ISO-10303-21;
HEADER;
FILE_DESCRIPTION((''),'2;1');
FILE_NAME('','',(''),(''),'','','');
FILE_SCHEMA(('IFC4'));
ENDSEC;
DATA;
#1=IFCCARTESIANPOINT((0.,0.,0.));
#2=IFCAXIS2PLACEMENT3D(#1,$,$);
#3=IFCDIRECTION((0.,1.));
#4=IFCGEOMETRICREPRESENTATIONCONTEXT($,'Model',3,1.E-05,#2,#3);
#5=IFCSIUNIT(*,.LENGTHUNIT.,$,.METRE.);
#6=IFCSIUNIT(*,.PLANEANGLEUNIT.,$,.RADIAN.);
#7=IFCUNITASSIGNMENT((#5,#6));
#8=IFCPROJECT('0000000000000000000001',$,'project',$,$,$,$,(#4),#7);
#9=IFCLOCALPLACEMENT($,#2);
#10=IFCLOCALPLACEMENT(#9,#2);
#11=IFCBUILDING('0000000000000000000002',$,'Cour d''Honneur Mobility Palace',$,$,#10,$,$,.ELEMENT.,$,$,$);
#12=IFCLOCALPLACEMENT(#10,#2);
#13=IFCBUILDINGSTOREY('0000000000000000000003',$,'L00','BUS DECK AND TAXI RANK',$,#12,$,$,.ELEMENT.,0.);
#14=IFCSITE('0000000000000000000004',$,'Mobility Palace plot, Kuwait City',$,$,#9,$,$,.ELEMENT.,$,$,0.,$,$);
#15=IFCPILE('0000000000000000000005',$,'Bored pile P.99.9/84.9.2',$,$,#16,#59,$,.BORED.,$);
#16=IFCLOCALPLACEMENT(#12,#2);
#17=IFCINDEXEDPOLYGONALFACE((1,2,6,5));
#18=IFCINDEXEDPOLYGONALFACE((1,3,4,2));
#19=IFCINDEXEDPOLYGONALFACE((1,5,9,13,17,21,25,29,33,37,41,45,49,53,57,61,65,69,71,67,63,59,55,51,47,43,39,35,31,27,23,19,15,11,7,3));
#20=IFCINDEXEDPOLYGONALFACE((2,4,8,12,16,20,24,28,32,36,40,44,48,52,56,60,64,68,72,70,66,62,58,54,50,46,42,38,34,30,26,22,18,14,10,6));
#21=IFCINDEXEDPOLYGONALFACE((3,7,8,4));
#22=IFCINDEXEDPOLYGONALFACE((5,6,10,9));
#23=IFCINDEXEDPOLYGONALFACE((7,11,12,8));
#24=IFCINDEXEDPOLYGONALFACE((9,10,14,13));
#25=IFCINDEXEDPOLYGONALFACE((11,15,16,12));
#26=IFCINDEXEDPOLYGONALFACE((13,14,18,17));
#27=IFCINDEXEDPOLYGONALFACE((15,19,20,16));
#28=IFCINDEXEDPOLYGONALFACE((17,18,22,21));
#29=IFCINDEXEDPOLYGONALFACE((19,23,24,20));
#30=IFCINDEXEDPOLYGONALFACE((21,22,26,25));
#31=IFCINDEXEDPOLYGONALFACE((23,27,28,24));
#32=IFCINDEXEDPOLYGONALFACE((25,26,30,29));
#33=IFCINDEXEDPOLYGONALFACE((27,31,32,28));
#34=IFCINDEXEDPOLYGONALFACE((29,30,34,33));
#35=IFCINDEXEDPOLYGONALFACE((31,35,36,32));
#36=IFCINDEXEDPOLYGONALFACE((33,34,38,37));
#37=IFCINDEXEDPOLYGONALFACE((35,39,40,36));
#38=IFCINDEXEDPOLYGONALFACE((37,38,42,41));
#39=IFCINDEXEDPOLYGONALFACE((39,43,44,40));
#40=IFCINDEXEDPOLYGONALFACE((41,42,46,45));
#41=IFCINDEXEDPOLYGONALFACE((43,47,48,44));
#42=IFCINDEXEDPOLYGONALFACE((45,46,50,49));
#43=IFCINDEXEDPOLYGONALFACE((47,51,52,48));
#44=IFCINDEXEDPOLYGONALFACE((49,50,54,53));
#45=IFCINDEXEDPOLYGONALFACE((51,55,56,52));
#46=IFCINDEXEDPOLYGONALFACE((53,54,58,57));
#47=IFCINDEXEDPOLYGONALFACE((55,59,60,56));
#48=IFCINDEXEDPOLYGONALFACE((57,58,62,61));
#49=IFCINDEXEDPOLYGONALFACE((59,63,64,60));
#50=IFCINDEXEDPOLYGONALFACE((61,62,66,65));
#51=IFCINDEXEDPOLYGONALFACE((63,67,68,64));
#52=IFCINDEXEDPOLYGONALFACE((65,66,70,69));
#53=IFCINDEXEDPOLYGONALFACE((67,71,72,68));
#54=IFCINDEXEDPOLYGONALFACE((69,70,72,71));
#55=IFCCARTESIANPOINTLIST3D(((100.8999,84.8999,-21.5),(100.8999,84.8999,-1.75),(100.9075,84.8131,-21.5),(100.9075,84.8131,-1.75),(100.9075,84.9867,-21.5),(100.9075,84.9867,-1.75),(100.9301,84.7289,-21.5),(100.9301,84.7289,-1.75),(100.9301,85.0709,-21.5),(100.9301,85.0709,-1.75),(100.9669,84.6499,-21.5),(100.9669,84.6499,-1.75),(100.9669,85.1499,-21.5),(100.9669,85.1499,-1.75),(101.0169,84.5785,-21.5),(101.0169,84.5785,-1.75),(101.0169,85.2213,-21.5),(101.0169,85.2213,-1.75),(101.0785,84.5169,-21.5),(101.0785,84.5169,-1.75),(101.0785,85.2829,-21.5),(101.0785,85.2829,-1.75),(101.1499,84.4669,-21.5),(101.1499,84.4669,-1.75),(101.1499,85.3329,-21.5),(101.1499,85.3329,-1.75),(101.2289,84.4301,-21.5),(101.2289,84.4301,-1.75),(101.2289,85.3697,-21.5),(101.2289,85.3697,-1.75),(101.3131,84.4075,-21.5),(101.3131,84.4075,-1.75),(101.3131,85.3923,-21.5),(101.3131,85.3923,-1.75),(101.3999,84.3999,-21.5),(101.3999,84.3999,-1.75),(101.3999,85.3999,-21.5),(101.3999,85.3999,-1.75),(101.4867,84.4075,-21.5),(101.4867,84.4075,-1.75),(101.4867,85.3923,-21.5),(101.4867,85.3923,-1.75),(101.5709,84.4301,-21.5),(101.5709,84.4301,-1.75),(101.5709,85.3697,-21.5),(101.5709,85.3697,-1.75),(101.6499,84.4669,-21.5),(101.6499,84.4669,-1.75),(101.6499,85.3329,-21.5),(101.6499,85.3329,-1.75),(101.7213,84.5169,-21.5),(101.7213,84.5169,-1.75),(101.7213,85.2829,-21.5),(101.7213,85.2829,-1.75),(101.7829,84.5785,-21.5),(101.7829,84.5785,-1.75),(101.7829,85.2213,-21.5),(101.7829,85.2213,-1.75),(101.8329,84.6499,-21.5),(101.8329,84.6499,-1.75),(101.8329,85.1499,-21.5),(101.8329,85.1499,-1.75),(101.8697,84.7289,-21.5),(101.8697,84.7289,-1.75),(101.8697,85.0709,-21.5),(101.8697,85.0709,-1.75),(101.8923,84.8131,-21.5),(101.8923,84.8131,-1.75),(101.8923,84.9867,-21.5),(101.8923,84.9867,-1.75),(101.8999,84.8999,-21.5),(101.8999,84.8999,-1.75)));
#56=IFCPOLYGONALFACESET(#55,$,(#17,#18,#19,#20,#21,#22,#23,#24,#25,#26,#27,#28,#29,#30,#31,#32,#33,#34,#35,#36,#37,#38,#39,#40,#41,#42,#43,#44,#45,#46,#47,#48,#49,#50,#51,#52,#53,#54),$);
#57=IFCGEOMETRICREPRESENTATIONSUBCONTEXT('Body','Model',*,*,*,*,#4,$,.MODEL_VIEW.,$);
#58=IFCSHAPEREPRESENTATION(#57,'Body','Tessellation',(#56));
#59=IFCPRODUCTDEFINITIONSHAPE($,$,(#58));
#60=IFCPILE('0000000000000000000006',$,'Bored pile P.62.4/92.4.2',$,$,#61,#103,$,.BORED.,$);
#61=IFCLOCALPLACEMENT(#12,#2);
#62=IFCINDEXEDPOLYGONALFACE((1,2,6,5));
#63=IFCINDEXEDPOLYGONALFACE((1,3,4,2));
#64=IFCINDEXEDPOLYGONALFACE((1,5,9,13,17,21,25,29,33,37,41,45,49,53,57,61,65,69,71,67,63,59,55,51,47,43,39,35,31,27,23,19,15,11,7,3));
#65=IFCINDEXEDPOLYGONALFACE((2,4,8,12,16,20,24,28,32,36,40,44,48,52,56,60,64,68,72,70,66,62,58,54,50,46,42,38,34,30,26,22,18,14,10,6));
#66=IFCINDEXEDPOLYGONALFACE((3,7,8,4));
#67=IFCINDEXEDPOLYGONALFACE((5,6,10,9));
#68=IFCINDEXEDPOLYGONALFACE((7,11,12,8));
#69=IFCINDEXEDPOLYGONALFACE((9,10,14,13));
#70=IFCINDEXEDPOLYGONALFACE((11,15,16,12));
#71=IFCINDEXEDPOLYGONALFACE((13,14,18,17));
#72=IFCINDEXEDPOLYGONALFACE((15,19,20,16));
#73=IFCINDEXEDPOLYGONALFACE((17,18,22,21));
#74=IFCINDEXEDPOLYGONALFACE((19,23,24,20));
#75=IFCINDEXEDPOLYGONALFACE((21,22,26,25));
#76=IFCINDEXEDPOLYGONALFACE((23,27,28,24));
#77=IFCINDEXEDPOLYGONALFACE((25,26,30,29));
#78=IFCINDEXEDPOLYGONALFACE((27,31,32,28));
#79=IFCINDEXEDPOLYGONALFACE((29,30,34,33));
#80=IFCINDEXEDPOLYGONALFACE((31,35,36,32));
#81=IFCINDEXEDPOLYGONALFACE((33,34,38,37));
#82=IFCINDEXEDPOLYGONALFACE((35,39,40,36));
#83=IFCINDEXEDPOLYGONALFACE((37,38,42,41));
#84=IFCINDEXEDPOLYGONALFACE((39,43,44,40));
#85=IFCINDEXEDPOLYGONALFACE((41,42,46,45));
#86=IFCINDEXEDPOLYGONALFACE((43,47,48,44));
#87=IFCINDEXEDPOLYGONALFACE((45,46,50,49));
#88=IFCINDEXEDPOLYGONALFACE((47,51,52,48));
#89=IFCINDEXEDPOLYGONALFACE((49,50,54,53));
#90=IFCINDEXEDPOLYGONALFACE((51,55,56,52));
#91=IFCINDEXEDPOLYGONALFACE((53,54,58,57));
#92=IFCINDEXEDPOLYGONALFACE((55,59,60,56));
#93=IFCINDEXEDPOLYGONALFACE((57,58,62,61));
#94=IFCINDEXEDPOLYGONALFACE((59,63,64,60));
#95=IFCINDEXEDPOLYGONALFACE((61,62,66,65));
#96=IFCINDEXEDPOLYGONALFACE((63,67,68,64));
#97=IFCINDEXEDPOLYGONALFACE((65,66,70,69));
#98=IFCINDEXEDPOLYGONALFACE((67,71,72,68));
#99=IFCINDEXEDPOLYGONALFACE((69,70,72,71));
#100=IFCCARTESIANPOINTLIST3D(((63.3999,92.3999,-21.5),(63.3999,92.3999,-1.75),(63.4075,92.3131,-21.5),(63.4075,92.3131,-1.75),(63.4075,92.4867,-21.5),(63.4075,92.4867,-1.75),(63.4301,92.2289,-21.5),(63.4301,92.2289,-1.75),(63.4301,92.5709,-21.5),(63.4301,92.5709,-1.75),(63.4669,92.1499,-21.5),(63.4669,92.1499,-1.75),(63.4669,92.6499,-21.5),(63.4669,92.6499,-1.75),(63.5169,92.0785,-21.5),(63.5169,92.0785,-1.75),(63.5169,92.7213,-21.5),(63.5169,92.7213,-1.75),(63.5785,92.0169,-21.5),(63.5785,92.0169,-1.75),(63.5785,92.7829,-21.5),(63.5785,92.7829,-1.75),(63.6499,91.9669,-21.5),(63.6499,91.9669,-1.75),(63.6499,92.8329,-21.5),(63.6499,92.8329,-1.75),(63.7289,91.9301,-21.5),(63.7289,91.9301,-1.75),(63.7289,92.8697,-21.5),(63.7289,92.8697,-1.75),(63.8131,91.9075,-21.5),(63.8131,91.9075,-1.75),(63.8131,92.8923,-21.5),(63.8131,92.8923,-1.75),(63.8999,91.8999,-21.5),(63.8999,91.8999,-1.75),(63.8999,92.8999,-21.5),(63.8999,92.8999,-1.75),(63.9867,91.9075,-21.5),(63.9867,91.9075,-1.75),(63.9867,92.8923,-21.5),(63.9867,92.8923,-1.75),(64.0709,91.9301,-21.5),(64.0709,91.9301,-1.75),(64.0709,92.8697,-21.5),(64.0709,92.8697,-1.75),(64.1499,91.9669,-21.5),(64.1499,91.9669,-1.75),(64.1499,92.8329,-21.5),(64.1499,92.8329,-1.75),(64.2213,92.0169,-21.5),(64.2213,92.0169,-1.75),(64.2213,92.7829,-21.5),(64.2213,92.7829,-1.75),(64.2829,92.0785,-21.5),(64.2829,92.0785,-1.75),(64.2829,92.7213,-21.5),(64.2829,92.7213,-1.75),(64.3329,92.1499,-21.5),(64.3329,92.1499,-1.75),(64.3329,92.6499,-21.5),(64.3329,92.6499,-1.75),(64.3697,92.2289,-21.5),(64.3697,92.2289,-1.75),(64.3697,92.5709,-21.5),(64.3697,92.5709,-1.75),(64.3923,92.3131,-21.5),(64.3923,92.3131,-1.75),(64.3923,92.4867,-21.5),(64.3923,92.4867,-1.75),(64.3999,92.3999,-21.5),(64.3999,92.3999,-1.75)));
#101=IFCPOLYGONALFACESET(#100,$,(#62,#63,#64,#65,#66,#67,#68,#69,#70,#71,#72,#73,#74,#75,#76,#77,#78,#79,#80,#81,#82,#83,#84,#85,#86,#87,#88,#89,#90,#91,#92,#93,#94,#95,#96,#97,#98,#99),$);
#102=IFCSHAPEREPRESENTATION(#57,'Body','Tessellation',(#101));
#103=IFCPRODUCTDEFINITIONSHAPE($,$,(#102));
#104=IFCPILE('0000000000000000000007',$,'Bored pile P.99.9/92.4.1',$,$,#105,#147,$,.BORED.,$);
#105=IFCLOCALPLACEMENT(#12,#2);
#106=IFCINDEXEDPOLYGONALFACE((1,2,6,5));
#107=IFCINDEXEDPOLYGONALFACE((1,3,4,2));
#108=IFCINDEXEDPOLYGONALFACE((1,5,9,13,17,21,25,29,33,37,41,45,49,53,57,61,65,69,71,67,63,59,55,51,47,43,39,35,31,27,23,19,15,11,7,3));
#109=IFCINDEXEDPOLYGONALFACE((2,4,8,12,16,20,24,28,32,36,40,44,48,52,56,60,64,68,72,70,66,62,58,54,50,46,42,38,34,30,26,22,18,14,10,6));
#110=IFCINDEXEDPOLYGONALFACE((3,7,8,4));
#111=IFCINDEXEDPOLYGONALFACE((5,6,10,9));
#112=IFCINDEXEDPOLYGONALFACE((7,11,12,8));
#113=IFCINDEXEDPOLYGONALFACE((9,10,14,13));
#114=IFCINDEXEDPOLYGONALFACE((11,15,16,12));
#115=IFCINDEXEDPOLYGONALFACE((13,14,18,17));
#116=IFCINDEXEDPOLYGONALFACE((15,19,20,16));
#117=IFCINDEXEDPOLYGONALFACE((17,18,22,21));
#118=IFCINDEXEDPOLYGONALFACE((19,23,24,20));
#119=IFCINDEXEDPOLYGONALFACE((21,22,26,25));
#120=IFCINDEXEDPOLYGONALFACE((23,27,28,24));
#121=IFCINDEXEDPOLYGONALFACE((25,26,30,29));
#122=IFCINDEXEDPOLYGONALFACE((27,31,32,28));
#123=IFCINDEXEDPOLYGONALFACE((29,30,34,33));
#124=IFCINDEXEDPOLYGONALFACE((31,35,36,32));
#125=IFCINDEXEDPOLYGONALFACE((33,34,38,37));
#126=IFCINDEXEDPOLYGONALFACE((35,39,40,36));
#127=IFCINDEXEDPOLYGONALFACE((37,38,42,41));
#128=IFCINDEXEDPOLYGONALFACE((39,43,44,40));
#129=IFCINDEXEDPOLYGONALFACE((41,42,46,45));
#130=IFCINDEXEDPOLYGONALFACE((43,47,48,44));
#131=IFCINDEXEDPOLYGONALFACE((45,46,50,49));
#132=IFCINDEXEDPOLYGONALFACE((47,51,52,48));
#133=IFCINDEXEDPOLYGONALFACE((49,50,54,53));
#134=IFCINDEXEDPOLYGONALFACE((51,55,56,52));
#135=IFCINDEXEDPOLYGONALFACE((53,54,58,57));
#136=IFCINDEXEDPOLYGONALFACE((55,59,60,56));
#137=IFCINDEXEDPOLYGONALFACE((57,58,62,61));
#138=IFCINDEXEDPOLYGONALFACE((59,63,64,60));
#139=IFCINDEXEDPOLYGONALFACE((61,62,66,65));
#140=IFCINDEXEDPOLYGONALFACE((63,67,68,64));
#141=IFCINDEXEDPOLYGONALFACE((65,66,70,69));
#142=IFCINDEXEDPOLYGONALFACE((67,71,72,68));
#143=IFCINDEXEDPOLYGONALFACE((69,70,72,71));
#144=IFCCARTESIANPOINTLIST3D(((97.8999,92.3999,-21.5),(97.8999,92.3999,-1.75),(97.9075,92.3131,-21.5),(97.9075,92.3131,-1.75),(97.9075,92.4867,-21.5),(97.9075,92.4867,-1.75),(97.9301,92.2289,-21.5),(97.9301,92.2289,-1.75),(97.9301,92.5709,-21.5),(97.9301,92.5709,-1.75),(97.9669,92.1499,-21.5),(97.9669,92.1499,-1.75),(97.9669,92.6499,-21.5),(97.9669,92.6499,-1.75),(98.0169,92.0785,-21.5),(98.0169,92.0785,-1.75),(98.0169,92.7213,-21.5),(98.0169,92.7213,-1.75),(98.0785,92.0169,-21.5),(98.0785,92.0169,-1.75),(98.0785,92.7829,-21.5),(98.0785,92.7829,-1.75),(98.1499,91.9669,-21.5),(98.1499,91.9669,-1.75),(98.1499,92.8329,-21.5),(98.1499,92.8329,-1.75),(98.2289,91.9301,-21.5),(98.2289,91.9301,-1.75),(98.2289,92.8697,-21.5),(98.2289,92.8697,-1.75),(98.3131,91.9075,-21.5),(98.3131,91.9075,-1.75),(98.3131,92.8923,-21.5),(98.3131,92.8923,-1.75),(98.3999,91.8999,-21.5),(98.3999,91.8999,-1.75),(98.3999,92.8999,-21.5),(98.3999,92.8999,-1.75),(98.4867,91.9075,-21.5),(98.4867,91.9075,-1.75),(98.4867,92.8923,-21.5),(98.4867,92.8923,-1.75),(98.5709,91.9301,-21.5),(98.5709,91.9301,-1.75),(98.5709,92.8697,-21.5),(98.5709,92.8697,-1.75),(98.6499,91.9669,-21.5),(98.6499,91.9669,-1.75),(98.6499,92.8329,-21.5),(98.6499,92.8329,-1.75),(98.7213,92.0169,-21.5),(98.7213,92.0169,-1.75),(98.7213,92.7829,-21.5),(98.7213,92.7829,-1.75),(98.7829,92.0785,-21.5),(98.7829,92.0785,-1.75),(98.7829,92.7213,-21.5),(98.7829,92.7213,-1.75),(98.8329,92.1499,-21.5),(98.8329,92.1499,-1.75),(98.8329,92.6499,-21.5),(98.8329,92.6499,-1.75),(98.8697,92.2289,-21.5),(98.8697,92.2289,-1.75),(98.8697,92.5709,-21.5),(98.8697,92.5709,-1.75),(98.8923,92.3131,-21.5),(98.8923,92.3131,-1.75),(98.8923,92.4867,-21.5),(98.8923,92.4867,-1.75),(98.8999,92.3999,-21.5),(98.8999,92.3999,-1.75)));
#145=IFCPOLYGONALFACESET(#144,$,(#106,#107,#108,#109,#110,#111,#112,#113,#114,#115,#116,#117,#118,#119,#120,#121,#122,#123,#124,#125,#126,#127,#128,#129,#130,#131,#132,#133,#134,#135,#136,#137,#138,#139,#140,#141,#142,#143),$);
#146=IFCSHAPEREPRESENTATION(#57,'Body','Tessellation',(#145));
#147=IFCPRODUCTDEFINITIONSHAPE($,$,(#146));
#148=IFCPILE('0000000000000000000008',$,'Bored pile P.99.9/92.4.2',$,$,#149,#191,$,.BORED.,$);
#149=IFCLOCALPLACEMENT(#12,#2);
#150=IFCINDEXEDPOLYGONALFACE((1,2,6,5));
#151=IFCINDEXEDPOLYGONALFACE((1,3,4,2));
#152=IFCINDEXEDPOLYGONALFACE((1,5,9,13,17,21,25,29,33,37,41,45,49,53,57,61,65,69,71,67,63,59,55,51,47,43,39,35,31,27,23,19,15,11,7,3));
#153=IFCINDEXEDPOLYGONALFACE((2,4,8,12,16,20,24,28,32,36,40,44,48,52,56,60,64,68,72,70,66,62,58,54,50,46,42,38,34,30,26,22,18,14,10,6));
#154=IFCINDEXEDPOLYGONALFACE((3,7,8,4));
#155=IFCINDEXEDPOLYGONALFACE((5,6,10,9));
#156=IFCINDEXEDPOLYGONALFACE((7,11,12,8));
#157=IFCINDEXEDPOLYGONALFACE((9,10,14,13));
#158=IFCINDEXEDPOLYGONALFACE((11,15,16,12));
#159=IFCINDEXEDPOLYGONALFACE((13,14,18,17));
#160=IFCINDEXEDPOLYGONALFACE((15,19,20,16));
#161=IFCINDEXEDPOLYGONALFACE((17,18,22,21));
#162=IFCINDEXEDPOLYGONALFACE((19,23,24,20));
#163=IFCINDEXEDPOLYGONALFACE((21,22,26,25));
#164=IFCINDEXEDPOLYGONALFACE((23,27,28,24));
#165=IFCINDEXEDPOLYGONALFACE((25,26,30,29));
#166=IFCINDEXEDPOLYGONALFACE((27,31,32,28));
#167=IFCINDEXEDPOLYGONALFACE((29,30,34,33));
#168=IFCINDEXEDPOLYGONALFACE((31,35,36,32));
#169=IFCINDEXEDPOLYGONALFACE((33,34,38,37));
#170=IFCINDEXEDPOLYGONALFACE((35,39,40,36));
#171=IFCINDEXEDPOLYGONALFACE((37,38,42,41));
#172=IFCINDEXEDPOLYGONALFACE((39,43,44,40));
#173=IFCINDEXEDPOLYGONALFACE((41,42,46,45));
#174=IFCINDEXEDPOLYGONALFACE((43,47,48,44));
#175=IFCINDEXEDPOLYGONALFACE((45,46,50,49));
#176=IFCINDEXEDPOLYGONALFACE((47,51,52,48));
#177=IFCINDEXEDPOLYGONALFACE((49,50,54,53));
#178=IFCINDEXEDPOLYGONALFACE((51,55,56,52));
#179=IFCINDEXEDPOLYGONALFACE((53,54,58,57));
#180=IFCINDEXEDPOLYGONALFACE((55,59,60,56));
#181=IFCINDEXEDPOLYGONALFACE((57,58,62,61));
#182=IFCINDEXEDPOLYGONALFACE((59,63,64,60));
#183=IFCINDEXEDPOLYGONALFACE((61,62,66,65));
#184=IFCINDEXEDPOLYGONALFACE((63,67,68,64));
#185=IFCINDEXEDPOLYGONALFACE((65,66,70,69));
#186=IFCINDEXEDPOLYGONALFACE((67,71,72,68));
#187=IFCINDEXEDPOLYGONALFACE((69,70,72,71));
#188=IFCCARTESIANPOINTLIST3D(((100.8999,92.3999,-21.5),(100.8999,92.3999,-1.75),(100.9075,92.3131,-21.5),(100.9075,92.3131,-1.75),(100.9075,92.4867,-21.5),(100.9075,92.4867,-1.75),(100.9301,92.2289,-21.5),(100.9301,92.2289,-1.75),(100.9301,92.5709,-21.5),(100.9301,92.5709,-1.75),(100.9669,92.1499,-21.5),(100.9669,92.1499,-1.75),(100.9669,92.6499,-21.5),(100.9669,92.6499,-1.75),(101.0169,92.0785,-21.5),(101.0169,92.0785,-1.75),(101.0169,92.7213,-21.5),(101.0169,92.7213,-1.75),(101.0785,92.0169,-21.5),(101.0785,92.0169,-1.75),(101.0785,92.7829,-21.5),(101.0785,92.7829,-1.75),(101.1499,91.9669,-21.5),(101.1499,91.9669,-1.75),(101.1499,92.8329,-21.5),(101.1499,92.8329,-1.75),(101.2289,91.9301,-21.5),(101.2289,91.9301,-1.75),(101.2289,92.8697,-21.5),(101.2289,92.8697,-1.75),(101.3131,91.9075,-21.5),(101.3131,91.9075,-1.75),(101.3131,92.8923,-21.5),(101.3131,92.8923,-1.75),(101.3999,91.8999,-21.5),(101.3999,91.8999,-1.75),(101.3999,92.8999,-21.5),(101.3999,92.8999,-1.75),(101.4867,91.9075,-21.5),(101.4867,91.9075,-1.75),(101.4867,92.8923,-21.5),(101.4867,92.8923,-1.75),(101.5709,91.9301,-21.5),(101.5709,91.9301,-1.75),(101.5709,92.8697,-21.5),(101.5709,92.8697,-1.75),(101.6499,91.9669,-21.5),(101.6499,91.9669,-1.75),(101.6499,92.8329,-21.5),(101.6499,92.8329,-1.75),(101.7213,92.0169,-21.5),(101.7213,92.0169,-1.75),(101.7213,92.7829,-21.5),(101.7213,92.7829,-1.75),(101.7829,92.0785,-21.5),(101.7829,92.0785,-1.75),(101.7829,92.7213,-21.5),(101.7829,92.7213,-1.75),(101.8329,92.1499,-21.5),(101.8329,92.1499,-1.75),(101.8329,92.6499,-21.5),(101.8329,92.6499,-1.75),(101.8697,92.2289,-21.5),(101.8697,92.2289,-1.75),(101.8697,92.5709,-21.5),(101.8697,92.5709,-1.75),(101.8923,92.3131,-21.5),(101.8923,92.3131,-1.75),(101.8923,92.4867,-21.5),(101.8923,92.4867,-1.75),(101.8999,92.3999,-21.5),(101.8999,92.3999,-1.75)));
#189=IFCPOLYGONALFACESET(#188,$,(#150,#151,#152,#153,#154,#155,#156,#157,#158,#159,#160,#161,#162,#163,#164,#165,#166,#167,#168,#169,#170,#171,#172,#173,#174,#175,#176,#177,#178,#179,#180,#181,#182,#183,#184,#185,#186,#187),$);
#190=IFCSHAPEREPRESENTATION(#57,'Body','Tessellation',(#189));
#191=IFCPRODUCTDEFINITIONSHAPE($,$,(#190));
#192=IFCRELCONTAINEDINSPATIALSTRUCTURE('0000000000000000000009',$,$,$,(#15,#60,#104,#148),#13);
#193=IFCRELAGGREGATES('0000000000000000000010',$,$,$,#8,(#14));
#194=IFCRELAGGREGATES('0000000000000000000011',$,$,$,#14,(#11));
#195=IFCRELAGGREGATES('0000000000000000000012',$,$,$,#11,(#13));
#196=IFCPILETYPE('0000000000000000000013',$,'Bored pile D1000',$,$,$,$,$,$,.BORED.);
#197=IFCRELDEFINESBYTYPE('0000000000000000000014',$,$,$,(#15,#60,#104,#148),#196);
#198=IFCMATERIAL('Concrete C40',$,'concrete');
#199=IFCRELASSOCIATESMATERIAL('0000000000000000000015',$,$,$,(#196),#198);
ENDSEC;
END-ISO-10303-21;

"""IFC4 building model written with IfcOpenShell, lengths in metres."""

from ifc_helpers import new_model, si_unit, direction, frame, origin, origin_2d, place, context, subcontext, project, spatial, circle, extrude, material, material_profile, profile_set, type_object, element, save


model = new_model("IFC4")

# Units and contexts
model_context = context("Model", 3, precision=1e-05, world=origin(), true_north=direction((0.0, 1.0)))
body_context = subcontext(model_context, "Body", "Model", "MODEL_VIEW")
ifc_project = project(units=[si_unit("LENGTHUNIT", "METRE"), si_unit("PLANEANGLEUNIT", "RADIAN")], contexts=[model_context])

# Site, building, storey
site_placement = place(None, origin())
site = spatial("IfcSite", under=ifc_project, at=site_placement, Name="Mobility Palace plot, Kuwait City", CompositionType="ELEMENT", RefElevation=0.0)
building_placement = place(site_placement, origin())
building = spatial("IfcBuilding", under=site, at=building_placement, Name="Cour d'Honneur Mobility Palace", CompositionType="ELEMENT")
storey_placement = place(building_placement, origin())
storey = spatial("IfcBuildingStorey", under=building, at=storey_placement, Name="L00", Description="BUS DECK AND TAXI RANK", CompositionType="ELEMENT", Elevation=0.0)

# Piles
ifc_material_1 = material(Name="Concrete C40", Category="concrete")
ifc_material_profile_1 = material_profile(ifc_material_1, circle(Radius=0.5, at=origin_2d()), Name="Bored pile D1000")
ifc_profile_set_1 = profile_set([ifc_material_profile_1], Name="Concrete C40")
pile_type = type_object("IfcPileType", Name="Bored pile D1000", PredefinedType="BORED", material=ifc_profile_set_1)
for number, where, z_axis, x_axis, name in (
    (1, (101.3999, 84.8999, -1.75), (0.0, 0.0, -1.0), (1.0, 0.0, 0.0), "Bored pile P.99.9/84.9.2"),
    (2, (63.8999, 92.3999, -1.75), (0.0, 0.0, -1.0), (1.0, 0.0, 0.0), "Bored pile P.62.4/92.4.2"),
    (3, (98.3999, 92.3999, -1.75), (0.0, 0.0, -1.0), (1.0, 0.0, 0.0), "Bored pile P.99.9/92.4.1"),
    (4, (101.3999, 92.3999, -1.75), (0.0, 0.0, -1.0), (1.0, 0.0, 0.0), "Bored pile P.99.9/92.4.2"),
):
    element("IfcPile", number, at=place(storey_placement, frame(where, z_axis=z_axis, x_axis=x_axis)), inside=storey, type_object=pile_type, Name=name, PredefinedType="BORED", context=body_context, shape_type="SweptSolid", body=[
        extrude(circle(Radius=0.5, at=origin_2d()), origin(), (0.0, 0.0, 1.0), 19.75),
    ])

save(model, "model.ifc")
